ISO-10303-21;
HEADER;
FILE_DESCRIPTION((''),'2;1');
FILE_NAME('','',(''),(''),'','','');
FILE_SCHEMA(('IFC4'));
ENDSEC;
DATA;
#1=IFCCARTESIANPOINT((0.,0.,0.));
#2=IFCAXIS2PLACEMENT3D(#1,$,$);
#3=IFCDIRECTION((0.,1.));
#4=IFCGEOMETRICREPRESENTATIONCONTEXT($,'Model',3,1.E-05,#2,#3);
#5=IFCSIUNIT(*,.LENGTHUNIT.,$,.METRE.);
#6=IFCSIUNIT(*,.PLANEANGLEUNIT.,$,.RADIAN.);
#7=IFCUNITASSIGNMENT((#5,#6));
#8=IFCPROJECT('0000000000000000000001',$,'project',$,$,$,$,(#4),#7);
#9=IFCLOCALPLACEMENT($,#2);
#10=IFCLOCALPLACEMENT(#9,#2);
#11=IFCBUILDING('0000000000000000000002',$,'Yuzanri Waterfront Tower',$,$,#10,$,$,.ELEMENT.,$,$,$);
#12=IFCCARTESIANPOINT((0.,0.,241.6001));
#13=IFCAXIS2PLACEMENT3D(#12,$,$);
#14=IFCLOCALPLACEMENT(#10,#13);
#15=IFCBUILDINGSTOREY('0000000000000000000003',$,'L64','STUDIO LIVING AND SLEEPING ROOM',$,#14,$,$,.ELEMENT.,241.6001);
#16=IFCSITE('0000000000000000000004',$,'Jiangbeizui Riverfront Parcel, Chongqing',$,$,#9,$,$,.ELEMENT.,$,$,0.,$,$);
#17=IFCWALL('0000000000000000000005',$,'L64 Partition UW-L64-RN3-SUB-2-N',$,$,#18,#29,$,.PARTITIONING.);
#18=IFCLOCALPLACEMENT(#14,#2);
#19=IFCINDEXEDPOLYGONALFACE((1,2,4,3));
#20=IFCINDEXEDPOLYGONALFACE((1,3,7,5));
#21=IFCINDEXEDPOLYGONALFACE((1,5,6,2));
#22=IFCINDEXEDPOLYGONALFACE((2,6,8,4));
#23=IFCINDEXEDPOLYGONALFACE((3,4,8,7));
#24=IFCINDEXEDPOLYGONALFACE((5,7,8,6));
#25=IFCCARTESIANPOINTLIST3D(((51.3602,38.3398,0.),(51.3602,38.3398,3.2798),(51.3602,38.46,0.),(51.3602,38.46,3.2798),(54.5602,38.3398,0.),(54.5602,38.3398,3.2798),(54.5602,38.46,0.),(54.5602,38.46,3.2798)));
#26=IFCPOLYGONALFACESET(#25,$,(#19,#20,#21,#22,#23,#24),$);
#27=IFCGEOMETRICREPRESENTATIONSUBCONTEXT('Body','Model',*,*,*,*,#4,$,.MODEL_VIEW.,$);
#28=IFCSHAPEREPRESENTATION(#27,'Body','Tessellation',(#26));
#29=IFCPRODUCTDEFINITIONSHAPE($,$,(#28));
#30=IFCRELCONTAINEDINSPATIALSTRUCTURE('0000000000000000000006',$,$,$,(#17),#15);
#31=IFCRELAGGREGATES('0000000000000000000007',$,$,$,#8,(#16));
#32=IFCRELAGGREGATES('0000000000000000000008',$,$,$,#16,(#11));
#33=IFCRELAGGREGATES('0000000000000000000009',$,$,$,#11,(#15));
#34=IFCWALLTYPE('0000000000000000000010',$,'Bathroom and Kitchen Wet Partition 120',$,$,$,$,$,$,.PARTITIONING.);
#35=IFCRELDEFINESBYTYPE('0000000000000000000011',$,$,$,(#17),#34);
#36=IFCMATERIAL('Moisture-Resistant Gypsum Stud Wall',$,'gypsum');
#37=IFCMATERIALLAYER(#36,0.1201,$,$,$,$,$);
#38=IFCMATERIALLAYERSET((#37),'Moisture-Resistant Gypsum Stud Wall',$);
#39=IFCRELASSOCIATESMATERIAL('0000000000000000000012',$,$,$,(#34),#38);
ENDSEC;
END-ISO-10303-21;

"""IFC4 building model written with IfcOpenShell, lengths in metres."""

from ifc_helpers import new_model, si_unit, direction, frame, frame_2d, origin, place, context, subcontext, project, spatial, rectangle, extrude, source, transform, mapped, material, layer, layer_set, type_object, element, save


model = new_model("IFC4")

# Units and contexts
model_context = context("Model", 3, precision=1e-05, world=origin(), true_north=direction((0.0, 1.0)))
body_context = subcontext(model_context, "Body", "Model", "MODEL_VIEW")
ifc_project = project(units=[si_unit("LENGTHUNIT", "METRE"), si_unit("PLANEANGLEUNIT", "RADIAN")], contexts=[model_context])

# Site, building, storey
site_placement = place(None, origin())
site = spatial("IfcSite", under=ifc_project, at=site_placement, Name="Jiangbeizui Riverfront Parcel, Chongqing", CompositionType="ELEMENT", RefElevation=0.0)
building_placement = place(site_placement, origin())
building = spatial("IfcBuilding", under=site, at=building_placement, Name="Yuzanri Waterfront Tower", CompositionType="ELEMENT")
storey_placement = place(building_placement, frame((0.0, 0.0, 241.6001)))
storey = spatial("IfcBuildingStorey", under=building, at=storey_placement, Name="L64", Description="STUDIO LIVING AND SLEEPING ROOM", CompositionType="ELEMENT", Elevation=241.6001)

# Wall
ifc_material_1 = material(Name="Moisture-Resistant Gypsum Stud Wall", Category="gypsum")
ifc_layer_1 = layer(ifc_material_1, 0.1201)
ifc_layer_set_1 = layer_set([ifc_layer_1], Name="Moisture-Resistant Gypsum Stud Wall")
wall_type_1 = type_object("IfcWallType", Name="Bathroom and Kitchen Wet Partition 120", PredefinedType="PARTITIONING", material=ifc_layer_set_1)
shared_shape_1 = source(origin(), body_context, "Body", "SweptSolid", [
    extrude(rectangle(XDim=3.2, YDim=0.1201, at=frame_2d((1.6001, 0.0))), origin(), (0.0, 0.0, 1.0), 3.2798),
])
wall_1_placement = place(storey_placement, frame((51.3601, 38.3999, 0.0), z_axis=(0.0, 0.0, 1.0), x_axis=(1.0, 0.0, 0.0)))
element("IfcWall", 1, at=wall_1_placement, inside=storey, type_object=wall_type_1, Name="L64 Partition UW-L64-RN3-SUB-2-N", PredefinedType="PARTITIONING", context=body_context, shape_type="MappedRepresentation", body=[
    mapped(shared_shape_1, transform((0.0, 0.0, 0.0), scale=1.0)),
])

save(model, "model.ifc")
